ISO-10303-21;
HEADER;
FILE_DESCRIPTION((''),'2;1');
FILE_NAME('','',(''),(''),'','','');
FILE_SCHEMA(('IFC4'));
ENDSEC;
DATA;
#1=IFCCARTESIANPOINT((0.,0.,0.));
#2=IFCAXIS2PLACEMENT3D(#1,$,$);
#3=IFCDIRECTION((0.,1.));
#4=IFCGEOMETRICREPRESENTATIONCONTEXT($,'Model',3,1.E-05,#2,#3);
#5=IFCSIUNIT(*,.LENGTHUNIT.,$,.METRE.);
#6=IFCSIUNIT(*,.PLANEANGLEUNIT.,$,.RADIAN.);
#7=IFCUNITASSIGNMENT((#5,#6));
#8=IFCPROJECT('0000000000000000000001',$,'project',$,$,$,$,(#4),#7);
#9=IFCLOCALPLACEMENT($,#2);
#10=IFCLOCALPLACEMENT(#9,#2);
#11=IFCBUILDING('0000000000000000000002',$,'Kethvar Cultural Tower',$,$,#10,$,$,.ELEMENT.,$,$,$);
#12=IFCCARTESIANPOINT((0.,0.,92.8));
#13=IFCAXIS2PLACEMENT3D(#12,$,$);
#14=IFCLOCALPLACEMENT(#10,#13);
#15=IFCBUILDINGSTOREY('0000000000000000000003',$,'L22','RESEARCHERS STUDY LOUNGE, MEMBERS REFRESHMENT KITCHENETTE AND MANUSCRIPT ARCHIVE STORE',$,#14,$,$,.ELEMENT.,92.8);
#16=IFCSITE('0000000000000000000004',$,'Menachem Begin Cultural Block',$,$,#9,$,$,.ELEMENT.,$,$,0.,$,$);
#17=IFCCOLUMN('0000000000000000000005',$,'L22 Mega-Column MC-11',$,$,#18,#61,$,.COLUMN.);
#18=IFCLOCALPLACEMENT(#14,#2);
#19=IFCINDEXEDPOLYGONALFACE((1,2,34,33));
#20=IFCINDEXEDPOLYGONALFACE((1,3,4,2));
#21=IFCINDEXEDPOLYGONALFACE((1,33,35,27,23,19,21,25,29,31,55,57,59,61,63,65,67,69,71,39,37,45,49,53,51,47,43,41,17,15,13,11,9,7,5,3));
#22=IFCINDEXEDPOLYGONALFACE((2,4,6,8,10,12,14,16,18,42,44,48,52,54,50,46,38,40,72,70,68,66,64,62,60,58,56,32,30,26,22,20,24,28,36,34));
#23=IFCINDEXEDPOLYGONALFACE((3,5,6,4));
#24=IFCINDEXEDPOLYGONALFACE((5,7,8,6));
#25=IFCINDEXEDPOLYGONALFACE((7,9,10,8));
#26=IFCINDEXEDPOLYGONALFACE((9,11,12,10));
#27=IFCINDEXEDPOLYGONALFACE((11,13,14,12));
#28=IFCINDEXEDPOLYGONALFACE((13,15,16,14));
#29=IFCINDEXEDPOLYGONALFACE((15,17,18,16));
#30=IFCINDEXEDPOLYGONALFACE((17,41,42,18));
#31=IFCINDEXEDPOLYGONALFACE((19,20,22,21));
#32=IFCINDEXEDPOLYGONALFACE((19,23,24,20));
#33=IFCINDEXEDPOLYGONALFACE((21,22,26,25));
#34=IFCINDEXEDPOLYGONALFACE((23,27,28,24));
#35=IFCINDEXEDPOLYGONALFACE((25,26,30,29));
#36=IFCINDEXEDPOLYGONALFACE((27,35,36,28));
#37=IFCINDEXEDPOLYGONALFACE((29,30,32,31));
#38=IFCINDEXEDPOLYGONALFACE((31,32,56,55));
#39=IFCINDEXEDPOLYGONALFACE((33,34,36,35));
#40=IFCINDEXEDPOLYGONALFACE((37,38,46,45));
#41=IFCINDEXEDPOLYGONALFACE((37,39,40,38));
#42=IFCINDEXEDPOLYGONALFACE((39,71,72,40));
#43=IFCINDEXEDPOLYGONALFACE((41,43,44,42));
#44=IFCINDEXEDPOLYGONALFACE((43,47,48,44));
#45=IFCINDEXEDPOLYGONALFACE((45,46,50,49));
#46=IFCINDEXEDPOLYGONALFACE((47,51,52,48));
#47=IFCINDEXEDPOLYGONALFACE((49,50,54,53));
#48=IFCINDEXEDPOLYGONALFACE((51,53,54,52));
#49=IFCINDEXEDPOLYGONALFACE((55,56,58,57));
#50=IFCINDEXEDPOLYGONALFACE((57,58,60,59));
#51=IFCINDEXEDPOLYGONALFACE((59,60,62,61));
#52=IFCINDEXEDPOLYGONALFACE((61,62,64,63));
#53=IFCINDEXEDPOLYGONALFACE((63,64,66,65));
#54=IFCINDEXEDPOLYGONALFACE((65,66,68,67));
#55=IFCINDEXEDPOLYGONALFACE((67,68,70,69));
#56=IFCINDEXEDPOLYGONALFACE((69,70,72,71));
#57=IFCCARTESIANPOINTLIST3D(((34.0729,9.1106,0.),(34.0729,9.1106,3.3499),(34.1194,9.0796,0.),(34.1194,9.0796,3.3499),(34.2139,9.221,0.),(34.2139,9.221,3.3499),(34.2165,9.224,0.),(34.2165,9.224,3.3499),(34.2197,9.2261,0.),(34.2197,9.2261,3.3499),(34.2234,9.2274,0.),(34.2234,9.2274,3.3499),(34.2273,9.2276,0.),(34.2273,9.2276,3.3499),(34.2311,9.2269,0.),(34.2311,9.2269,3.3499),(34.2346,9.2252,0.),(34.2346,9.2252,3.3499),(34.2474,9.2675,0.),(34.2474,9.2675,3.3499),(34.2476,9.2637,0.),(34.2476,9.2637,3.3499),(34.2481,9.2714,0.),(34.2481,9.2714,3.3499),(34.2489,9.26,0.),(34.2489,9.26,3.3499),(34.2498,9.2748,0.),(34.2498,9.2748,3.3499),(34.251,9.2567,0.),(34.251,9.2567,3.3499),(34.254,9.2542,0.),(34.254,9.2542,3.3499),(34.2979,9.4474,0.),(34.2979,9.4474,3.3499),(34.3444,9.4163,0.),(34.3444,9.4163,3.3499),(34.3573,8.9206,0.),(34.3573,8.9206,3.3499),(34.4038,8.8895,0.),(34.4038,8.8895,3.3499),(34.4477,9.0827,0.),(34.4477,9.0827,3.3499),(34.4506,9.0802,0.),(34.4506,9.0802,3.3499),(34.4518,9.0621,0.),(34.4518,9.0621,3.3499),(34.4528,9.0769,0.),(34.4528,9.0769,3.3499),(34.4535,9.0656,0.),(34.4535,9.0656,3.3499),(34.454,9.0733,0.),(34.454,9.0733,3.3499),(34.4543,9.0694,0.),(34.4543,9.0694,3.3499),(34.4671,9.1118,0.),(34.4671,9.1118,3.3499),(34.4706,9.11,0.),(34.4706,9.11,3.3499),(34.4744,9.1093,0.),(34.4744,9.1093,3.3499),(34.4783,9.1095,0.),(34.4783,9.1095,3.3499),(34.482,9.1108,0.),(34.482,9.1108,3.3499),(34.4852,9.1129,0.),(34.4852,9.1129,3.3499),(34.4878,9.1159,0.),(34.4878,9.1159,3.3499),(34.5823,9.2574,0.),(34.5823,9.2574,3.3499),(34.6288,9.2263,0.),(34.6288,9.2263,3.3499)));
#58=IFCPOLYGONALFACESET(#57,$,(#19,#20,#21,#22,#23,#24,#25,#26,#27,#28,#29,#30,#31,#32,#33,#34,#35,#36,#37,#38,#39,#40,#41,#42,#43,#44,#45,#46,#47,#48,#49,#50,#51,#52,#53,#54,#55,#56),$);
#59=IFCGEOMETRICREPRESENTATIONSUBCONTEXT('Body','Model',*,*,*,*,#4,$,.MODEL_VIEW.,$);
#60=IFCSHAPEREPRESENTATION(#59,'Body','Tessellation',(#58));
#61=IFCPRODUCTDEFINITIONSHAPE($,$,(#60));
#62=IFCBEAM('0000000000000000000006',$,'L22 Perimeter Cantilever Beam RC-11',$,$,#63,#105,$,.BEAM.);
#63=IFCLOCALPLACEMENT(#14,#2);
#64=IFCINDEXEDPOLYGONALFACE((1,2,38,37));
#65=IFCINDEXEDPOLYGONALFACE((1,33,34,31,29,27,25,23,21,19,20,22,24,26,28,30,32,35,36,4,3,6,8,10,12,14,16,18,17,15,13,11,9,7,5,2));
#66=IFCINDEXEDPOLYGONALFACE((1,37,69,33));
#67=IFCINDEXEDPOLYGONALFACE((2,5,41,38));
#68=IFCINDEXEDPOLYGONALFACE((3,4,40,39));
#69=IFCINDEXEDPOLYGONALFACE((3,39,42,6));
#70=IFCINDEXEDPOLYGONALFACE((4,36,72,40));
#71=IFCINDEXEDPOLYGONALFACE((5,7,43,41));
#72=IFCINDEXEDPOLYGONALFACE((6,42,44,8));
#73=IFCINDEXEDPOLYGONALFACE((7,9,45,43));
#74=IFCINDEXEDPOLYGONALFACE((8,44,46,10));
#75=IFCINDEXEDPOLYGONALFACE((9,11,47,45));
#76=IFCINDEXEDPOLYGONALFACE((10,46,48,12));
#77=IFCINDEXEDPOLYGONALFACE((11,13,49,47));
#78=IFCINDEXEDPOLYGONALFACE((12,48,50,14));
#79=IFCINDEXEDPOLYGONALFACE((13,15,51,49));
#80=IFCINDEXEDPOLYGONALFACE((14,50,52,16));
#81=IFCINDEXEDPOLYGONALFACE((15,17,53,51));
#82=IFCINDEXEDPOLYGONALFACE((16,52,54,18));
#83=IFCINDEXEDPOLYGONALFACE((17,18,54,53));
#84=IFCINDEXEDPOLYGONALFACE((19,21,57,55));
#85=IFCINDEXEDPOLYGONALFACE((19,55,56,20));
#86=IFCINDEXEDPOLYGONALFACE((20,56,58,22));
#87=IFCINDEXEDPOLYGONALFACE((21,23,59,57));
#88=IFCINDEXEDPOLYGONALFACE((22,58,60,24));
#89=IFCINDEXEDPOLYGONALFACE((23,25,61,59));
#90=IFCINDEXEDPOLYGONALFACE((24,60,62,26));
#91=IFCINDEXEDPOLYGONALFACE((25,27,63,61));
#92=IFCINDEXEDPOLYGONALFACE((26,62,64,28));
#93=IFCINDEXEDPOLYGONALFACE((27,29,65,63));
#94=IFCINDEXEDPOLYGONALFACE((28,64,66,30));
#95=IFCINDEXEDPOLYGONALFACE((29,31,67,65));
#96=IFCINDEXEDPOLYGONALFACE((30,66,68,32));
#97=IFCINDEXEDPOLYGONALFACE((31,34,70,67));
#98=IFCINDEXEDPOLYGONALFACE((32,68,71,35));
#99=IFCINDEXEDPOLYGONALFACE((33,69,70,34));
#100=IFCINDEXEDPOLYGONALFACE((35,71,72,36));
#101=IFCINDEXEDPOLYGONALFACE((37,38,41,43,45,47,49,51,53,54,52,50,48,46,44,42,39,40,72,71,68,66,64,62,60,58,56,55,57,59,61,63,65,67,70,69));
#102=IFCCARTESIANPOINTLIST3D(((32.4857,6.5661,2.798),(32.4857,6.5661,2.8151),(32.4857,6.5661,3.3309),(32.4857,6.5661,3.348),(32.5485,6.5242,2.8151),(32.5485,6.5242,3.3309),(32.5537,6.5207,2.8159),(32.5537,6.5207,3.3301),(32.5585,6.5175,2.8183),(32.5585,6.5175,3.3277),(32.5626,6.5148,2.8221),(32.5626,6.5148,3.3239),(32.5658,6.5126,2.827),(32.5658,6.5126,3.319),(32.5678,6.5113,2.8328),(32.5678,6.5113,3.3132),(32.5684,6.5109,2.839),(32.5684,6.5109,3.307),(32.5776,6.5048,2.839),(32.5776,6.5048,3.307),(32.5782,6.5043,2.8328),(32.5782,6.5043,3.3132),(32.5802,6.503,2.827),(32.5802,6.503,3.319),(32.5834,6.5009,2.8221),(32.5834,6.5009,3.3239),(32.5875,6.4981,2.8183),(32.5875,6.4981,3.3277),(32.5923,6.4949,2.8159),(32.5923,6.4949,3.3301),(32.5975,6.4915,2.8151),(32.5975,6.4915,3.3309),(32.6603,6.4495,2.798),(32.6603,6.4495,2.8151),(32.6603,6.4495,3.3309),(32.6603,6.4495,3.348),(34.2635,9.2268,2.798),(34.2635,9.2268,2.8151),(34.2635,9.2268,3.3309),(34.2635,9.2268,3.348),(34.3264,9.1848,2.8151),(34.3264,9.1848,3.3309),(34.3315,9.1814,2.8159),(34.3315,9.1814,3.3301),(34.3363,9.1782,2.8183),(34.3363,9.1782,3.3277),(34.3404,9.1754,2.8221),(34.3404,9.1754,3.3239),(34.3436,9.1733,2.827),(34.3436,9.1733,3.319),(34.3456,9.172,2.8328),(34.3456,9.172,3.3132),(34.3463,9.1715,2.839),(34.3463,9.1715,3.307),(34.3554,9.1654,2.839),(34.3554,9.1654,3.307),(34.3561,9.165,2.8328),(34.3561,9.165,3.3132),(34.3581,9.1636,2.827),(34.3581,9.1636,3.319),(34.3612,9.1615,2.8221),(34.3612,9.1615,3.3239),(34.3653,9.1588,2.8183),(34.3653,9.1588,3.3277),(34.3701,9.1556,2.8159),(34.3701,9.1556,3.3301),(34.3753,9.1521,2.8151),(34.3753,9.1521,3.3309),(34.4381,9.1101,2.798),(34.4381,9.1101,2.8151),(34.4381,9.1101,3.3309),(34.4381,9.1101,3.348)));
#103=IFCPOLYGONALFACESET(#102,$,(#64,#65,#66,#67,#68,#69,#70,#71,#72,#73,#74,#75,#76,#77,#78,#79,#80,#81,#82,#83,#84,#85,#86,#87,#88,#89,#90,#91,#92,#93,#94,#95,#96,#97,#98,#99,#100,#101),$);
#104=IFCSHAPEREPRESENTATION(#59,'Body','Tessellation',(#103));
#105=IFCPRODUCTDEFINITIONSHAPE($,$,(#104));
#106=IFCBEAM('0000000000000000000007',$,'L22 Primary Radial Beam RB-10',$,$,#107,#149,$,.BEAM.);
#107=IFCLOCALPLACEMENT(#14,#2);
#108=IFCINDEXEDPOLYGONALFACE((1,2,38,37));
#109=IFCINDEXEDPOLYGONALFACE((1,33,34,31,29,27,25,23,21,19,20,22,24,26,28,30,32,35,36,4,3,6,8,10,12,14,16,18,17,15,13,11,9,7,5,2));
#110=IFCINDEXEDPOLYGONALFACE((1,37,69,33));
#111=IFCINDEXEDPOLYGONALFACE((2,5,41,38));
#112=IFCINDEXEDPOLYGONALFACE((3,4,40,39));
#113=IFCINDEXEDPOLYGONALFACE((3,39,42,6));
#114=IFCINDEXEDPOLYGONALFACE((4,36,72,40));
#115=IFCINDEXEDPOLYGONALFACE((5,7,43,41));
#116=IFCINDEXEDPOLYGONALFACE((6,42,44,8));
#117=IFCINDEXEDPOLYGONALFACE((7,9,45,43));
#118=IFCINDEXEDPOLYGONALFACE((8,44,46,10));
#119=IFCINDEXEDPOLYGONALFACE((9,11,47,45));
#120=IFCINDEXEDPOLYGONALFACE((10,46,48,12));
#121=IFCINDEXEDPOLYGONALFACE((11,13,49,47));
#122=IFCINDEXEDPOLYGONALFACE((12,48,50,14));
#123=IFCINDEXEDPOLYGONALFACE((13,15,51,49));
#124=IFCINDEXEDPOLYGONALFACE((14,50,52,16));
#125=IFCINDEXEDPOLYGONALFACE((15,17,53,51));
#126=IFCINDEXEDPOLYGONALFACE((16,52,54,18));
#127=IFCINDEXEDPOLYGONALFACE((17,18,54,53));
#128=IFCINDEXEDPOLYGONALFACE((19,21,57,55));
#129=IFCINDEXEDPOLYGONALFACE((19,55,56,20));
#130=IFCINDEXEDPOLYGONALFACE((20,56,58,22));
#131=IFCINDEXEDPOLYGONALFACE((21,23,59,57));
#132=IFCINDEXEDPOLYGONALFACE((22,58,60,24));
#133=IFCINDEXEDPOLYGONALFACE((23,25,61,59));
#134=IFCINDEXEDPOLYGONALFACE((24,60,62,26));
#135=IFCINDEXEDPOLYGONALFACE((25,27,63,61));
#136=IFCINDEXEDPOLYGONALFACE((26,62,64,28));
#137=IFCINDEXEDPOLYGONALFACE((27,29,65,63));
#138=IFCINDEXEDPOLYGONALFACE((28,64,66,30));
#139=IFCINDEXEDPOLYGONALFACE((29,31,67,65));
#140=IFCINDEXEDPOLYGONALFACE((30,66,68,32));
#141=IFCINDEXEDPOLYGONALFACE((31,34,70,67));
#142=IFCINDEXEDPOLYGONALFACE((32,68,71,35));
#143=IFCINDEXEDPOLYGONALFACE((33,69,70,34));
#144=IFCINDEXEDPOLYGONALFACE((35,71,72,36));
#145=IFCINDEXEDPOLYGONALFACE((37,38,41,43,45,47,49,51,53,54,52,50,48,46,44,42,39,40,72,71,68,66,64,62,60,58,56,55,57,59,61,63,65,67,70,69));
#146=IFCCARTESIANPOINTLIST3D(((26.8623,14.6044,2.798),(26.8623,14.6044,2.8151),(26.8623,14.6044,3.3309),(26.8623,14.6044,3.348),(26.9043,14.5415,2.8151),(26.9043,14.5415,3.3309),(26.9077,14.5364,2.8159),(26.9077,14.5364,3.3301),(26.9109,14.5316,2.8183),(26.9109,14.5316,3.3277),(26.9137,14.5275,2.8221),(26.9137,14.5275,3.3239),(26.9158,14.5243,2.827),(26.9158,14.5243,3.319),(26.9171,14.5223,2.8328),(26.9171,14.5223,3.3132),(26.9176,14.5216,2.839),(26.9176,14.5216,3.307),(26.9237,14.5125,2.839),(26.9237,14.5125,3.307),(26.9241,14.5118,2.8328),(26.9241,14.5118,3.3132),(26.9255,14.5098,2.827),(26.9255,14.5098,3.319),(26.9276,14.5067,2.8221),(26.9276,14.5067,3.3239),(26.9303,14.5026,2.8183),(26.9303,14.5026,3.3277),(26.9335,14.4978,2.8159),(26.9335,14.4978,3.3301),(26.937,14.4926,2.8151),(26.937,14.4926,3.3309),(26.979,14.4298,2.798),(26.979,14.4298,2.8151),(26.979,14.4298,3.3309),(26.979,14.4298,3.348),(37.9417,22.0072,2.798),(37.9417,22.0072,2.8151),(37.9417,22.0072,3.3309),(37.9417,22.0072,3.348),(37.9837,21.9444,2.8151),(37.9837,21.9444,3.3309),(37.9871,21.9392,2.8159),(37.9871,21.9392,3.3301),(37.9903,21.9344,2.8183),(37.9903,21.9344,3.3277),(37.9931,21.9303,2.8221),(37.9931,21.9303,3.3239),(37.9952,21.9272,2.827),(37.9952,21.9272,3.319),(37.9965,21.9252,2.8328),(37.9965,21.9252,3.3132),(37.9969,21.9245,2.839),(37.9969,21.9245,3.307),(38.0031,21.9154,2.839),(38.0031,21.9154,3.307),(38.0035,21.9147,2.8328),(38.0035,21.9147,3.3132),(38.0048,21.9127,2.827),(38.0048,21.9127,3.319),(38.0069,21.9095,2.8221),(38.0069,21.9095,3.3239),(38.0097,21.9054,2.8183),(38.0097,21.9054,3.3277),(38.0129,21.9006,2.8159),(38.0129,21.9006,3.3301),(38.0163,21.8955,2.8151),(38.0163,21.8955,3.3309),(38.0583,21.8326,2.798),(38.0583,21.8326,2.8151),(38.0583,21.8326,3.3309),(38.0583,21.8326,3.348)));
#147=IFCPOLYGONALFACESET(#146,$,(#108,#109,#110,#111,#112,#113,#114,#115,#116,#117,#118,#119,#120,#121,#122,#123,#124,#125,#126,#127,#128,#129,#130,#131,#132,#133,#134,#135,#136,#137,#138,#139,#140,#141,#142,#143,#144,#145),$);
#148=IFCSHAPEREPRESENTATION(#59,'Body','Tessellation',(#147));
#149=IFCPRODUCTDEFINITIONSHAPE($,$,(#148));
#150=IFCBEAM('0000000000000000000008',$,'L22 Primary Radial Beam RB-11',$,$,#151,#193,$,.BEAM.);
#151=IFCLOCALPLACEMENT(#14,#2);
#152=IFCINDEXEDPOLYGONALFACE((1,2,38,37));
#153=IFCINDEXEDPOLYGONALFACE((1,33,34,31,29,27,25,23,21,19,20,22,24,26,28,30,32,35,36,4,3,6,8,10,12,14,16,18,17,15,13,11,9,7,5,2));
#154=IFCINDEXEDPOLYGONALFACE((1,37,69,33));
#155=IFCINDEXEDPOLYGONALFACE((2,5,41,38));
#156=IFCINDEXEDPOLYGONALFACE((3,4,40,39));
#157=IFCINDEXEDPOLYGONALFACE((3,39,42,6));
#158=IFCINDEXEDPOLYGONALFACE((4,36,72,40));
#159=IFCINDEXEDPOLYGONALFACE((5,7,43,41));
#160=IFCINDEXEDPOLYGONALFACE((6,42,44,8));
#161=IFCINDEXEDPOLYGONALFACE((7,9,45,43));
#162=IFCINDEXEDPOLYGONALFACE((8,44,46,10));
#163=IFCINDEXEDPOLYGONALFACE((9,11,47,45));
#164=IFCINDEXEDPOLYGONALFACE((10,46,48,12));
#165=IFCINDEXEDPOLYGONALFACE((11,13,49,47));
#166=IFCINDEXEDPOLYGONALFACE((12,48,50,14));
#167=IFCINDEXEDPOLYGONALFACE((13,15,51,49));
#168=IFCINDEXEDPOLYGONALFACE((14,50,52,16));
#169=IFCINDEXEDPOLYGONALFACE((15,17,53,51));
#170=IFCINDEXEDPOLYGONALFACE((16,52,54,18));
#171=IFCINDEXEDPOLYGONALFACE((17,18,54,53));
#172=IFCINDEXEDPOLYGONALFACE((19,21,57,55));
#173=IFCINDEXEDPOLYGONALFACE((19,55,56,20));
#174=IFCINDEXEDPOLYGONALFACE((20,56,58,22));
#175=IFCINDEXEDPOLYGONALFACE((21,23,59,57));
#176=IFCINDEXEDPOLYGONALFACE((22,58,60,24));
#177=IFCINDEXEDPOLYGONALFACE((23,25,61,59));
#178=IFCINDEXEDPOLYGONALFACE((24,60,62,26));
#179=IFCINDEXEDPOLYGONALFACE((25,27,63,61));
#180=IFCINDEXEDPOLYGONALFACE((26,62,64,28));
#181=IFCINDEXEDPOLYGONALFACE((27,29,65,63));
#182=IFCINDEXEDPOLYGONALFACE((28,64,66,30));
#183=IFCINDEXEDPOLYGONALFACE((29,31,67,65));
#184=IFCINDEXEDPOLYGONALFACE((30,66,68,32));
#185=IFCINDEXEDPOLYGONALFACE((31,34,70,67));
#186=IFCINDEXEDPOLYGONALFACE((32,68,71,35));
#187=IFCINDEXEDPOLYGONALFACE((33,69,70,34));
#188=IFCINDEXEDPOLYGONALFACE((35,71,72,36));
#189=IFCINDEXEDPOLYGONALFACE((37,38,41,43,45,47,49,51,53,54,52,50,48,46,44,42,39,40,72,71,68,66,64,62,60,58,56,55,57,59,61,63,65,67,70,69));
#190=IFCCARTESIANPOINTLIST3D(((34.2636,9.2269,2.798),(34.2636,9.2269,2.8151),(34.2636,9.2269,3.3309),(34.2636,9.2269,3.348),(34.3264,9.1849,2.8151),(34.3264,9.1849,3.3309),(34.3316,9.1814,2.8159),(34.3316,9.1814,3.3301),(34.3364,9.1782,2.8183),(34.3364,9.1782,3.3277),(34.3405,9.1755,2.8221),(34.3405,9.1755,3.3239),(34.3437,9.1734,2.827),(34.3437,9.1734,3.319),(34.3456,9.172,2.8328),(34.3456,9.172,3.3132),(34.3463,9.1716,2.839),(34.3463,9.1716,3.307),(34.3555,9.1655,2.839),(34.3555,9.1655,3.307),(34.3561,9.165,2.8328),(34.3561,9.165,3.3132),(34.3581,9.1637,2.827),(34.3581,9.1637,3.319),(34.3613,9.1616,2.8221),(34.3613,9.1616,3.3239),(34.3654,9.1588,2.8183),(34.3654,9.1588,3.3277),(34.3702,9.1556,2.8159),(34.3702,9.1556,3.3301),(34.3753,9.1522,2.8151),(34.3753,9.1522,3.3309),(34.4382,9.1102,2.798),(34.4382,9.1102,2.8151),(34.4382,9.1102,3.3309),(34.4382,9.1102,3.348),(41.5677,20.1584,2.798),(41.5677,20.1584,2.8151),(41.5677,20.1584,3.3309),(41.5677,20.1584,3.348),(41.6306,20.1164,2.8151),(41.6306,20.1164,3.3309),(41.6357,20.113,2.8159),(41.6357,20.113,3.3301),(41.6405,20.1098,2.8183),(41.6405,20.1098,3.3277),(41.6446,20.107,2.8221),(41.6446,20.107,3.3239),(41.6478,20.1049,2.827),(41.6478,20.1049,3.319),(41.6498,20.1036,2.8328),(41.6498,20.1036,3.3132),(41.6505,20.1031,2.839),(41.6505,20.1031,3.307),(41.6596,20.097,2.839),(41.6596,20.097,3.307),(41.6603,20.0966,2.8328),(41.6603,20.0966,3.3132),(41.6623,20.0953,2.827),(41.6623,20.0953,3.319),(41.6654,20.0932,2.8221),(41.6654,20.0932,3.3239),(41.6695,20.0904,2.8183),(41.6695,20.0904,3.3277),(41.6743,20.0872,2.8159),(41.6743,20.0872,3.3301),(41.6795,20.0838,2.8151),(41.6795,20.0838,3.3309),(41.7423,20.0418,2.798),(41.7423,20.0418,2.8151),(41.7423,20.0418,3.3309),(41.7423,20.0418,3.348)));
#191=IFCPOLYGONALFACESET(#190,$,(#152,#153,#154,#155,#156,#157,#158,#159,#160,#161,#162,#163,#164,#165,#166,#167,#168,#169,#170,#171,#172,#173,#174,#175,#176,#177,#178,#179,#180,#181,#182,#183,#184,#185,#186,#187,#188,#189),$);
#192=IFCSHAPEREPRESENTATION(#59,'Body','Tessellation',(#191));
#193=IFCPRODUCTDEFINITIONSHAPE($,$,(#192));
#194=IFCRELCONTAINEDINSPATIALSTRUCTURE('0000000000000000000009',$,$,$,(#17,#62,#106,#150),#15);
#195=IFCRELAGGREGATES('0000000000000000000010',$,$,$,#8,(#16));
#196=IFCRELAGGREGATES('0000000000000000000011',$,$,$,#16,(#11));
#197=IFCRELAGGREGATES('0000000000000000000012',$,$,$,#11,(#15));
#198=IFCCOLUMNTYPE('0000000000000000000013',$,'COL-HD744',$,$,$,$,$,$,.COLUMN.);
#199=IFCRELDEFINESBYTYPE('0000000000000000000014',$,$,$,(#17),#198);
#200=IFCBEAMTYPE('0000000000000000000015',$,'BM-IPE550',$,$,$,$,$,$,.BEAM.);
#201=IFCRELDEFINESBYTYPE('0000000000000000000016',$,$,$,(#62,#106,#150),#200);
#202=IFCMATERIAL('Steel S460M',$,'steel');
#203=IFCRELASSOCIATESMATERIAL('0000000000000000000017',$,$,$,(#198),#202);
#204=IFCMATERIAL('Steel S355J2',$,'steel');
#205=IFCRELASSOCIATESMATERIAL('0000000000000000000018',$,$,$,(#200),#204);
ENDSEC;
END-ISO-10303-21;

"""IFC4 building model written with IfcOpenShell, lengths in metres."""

from ifc_helpers import new_model, si_unit, direction, frame, origin, origin_2d, place, context, subcontext, project, spatial, i_section, extrude, source, transform, mapped, material, material_profile, profile_set, type_object, element, save


model = new_model("IFC4")

# Units and contexts
model_context = context("Model", 3, precision=1e-05, world=origin(), true_north=direction((0.0, 1.0)))
body_context = subcontext(model_context, "Body", "Model", "MODEL_VIEW")
ifc_project = project(units=[si_unit("LENGTHUNIT", "METRE"), si_unit("PLANEANGLEUNIT", "RADIAN")], contexts=[model_context])

# Site, building, storey
site_placement = place(None, origin())
site = spatial("IfcSite", under=ifc_project, at=site_placement, Name="Menachem Begin Cultural Block", CompositionType="ELEMENT", RefElevation=0.0)
building_placement = place(site_placement, origin())
building = spatial("IfcBuilding", under=site, at=building_placement, Name="Kethvar Cultural Tower", CompositionType="ELEMENT")
storey_placement = place(building_placement, frame((0.0, 0.0, 92.8)))
storey = spatial("IfcBuildingStorey", under=building, at=storey_placement, Name="L22", Description="RESEARCHERS STUDY LOUNGE, MEMBERS REFRESHMENT KITCHENETTE AND MANUSCRIPT ARCHIVE STORE", CompositionType="ELEMENT", Elevation=92.8)

# Column
ifc_material_1 = material(Name="Steel S460M", Category="steel")
ifc_material_profile_1 = material_profile(ifc_material_1, i_section(OverallWidth=0.405, OverallDepth=0.3979, WebThickness=0.0349, FlangeThickness=0.0559, FilletRadius=0.0149, at=origin_2d()), Name="Steel S460M — HD400x744")
ifc_profile_set_1 = profile_set([ifc_material_profile_1], Name="Steel S460M — HD400x744")
column_type = type_object("IfcColumnType", Name="COL-HD744", PredefinedType="COLUMN", material=ifc_profile_set_1)
shared_shape_1 = source(origin(), body_context, "Body", "SweptSolid", [
    extrude(i_section(OverallWidth=0.405, OverallDepth=0.3979, WebThickness=0.0349, FlangeThickness=0.0559, FilletRadius=0.0149, at=origin_2d()), origin(), (0.0, 0.0, 1.0), 3.3499),
])
column_placement = place(storey_placement, frame((34.3508, 9.1685, 0.0), z_axis=(0.0, 0.0, 1.0), x_axis=(-0.55557, -0.83147, 0.0)))
element("IfcColumn", 1, at=column_placement, inside=storey, type_object=column_type, Name="L22 Mega-Column MC-11", PredefinedType="COLUMN", context=body_context, shape_type="MappedRepresentation", body=[
    mapped(shared_shape_1, transform((0.0, 0.0, 0.0), scale=1.0)),
])

# Beams
ifc_material_2 = material(Name="Steel S355J2", Category="steel")
ifc_material_profile_2 = material_profile(ifc_material_2, i_section(OverallWidth=0.21, OverallDepth=0.55, WebThickness=0.011, FlangeThickness=0.0171, FilletRadius=0.0239, at=origin_2d()), Name="Steel S355J2 — IPE550")
ifc_profile_set_2 = profile_set([ifc_material_profile_2], Name="Steel S355J2 — IPE550")
beam_type_1 = type_object("IfcBeamType", Name="BM-IPE550", PredefinedType="BEAM", material=ifc_profile_set_2)
shared_shape_2 = source(origin(), body_context, "Body", "SweptSolid", [
    extrude(i_section(OverallWidth=0.21, OverallDepth=0.55, WebThickness=0.011, FlangeThickness=0.0171, FilletRadius=0.0239, at=origin_2d()), origin(), (0.0, 0.0, 1.0), 3.2),
])
beam_1_placement = place(storey_placement, frame((34.3508, 9.1685, 3.073), z_axis=(-0.55558, -0.831463, 0.0), x_axis=(0.831463, -0.55558, 0.0)))
element("IfcBeam", 2, at=beam_1_placement, inside=storey, type_object=beam_type_1, Name="L22 Perimeter Cantilever Beam RC-11", PredefinedType="BEAM", context=body_context, shape_type="MappedRepresentation", body=[
    mapped(shared_shape_2, transform((0.0, 0.0, 0.0), scale=1.0)),
])
shared_shape_3 = source(origin(), body_context, "Body", "SweptSolid", [
    extrude(i_section(OverallWidth=0.21, OverallDepth=0.55, WebThickness=0.011, FlangeThickness=0.0171, FilletRadius=0.0239, at=origin_2d()), origin(), (0.0, 0.0, 1.0), 13.325),
])
beam_2_placement = place(storey_placement, frame((38.0, 21.9199, 3.073), z_axis=(-0.831475, -0.555562, 0.0), x_axis=(0.555562, -0.831475, 0.0)))
element("IfcBeam", 3, at=beam_2_placement, inside=storey, type_object=beam_type_1, Name="L22 Primary Radial Beam RB-10", PredefinedType="BEAM", context=body_context, shape_type="MappedRepresentation", body=[
    mapped(shared_shape_3, transform((0.0, 0.0, 0.0), scale=1.0)),
])
shared_shape_4 = source(origin(), body_context, "Body", "SweptSolid", [
    extrude(i_section(OverallWidth=0.21, OverallDepth=0.55, WebThickness=0.011, FlangeThickness=0.0171, FilletRadius=0.0239, at=origin_2d()), origin(), (0.0, 0.0, 1.0), 13.1472),
])
beam_3_placement = place(storey_placement, frame((41.655, 20.1001, 3.073), z_axis=(-0.555566, -0.831473, 0.0), x_axis=(0.831473, -0.555566, 0.0)))
element("IfcBeam", 4, at=beam_3_placement, inside=storey, type_object=beam_type_1, Name="L22 Primary Radial Beam RB-11", PredefinedType="BEAM", context=body_context, shape_type="MappedRepresentation", body=[
    mapped(shared_shape_4, transform((0.0, 0.0, 0.0), scale=1.0)),
])

save(model, "model.ifc")
